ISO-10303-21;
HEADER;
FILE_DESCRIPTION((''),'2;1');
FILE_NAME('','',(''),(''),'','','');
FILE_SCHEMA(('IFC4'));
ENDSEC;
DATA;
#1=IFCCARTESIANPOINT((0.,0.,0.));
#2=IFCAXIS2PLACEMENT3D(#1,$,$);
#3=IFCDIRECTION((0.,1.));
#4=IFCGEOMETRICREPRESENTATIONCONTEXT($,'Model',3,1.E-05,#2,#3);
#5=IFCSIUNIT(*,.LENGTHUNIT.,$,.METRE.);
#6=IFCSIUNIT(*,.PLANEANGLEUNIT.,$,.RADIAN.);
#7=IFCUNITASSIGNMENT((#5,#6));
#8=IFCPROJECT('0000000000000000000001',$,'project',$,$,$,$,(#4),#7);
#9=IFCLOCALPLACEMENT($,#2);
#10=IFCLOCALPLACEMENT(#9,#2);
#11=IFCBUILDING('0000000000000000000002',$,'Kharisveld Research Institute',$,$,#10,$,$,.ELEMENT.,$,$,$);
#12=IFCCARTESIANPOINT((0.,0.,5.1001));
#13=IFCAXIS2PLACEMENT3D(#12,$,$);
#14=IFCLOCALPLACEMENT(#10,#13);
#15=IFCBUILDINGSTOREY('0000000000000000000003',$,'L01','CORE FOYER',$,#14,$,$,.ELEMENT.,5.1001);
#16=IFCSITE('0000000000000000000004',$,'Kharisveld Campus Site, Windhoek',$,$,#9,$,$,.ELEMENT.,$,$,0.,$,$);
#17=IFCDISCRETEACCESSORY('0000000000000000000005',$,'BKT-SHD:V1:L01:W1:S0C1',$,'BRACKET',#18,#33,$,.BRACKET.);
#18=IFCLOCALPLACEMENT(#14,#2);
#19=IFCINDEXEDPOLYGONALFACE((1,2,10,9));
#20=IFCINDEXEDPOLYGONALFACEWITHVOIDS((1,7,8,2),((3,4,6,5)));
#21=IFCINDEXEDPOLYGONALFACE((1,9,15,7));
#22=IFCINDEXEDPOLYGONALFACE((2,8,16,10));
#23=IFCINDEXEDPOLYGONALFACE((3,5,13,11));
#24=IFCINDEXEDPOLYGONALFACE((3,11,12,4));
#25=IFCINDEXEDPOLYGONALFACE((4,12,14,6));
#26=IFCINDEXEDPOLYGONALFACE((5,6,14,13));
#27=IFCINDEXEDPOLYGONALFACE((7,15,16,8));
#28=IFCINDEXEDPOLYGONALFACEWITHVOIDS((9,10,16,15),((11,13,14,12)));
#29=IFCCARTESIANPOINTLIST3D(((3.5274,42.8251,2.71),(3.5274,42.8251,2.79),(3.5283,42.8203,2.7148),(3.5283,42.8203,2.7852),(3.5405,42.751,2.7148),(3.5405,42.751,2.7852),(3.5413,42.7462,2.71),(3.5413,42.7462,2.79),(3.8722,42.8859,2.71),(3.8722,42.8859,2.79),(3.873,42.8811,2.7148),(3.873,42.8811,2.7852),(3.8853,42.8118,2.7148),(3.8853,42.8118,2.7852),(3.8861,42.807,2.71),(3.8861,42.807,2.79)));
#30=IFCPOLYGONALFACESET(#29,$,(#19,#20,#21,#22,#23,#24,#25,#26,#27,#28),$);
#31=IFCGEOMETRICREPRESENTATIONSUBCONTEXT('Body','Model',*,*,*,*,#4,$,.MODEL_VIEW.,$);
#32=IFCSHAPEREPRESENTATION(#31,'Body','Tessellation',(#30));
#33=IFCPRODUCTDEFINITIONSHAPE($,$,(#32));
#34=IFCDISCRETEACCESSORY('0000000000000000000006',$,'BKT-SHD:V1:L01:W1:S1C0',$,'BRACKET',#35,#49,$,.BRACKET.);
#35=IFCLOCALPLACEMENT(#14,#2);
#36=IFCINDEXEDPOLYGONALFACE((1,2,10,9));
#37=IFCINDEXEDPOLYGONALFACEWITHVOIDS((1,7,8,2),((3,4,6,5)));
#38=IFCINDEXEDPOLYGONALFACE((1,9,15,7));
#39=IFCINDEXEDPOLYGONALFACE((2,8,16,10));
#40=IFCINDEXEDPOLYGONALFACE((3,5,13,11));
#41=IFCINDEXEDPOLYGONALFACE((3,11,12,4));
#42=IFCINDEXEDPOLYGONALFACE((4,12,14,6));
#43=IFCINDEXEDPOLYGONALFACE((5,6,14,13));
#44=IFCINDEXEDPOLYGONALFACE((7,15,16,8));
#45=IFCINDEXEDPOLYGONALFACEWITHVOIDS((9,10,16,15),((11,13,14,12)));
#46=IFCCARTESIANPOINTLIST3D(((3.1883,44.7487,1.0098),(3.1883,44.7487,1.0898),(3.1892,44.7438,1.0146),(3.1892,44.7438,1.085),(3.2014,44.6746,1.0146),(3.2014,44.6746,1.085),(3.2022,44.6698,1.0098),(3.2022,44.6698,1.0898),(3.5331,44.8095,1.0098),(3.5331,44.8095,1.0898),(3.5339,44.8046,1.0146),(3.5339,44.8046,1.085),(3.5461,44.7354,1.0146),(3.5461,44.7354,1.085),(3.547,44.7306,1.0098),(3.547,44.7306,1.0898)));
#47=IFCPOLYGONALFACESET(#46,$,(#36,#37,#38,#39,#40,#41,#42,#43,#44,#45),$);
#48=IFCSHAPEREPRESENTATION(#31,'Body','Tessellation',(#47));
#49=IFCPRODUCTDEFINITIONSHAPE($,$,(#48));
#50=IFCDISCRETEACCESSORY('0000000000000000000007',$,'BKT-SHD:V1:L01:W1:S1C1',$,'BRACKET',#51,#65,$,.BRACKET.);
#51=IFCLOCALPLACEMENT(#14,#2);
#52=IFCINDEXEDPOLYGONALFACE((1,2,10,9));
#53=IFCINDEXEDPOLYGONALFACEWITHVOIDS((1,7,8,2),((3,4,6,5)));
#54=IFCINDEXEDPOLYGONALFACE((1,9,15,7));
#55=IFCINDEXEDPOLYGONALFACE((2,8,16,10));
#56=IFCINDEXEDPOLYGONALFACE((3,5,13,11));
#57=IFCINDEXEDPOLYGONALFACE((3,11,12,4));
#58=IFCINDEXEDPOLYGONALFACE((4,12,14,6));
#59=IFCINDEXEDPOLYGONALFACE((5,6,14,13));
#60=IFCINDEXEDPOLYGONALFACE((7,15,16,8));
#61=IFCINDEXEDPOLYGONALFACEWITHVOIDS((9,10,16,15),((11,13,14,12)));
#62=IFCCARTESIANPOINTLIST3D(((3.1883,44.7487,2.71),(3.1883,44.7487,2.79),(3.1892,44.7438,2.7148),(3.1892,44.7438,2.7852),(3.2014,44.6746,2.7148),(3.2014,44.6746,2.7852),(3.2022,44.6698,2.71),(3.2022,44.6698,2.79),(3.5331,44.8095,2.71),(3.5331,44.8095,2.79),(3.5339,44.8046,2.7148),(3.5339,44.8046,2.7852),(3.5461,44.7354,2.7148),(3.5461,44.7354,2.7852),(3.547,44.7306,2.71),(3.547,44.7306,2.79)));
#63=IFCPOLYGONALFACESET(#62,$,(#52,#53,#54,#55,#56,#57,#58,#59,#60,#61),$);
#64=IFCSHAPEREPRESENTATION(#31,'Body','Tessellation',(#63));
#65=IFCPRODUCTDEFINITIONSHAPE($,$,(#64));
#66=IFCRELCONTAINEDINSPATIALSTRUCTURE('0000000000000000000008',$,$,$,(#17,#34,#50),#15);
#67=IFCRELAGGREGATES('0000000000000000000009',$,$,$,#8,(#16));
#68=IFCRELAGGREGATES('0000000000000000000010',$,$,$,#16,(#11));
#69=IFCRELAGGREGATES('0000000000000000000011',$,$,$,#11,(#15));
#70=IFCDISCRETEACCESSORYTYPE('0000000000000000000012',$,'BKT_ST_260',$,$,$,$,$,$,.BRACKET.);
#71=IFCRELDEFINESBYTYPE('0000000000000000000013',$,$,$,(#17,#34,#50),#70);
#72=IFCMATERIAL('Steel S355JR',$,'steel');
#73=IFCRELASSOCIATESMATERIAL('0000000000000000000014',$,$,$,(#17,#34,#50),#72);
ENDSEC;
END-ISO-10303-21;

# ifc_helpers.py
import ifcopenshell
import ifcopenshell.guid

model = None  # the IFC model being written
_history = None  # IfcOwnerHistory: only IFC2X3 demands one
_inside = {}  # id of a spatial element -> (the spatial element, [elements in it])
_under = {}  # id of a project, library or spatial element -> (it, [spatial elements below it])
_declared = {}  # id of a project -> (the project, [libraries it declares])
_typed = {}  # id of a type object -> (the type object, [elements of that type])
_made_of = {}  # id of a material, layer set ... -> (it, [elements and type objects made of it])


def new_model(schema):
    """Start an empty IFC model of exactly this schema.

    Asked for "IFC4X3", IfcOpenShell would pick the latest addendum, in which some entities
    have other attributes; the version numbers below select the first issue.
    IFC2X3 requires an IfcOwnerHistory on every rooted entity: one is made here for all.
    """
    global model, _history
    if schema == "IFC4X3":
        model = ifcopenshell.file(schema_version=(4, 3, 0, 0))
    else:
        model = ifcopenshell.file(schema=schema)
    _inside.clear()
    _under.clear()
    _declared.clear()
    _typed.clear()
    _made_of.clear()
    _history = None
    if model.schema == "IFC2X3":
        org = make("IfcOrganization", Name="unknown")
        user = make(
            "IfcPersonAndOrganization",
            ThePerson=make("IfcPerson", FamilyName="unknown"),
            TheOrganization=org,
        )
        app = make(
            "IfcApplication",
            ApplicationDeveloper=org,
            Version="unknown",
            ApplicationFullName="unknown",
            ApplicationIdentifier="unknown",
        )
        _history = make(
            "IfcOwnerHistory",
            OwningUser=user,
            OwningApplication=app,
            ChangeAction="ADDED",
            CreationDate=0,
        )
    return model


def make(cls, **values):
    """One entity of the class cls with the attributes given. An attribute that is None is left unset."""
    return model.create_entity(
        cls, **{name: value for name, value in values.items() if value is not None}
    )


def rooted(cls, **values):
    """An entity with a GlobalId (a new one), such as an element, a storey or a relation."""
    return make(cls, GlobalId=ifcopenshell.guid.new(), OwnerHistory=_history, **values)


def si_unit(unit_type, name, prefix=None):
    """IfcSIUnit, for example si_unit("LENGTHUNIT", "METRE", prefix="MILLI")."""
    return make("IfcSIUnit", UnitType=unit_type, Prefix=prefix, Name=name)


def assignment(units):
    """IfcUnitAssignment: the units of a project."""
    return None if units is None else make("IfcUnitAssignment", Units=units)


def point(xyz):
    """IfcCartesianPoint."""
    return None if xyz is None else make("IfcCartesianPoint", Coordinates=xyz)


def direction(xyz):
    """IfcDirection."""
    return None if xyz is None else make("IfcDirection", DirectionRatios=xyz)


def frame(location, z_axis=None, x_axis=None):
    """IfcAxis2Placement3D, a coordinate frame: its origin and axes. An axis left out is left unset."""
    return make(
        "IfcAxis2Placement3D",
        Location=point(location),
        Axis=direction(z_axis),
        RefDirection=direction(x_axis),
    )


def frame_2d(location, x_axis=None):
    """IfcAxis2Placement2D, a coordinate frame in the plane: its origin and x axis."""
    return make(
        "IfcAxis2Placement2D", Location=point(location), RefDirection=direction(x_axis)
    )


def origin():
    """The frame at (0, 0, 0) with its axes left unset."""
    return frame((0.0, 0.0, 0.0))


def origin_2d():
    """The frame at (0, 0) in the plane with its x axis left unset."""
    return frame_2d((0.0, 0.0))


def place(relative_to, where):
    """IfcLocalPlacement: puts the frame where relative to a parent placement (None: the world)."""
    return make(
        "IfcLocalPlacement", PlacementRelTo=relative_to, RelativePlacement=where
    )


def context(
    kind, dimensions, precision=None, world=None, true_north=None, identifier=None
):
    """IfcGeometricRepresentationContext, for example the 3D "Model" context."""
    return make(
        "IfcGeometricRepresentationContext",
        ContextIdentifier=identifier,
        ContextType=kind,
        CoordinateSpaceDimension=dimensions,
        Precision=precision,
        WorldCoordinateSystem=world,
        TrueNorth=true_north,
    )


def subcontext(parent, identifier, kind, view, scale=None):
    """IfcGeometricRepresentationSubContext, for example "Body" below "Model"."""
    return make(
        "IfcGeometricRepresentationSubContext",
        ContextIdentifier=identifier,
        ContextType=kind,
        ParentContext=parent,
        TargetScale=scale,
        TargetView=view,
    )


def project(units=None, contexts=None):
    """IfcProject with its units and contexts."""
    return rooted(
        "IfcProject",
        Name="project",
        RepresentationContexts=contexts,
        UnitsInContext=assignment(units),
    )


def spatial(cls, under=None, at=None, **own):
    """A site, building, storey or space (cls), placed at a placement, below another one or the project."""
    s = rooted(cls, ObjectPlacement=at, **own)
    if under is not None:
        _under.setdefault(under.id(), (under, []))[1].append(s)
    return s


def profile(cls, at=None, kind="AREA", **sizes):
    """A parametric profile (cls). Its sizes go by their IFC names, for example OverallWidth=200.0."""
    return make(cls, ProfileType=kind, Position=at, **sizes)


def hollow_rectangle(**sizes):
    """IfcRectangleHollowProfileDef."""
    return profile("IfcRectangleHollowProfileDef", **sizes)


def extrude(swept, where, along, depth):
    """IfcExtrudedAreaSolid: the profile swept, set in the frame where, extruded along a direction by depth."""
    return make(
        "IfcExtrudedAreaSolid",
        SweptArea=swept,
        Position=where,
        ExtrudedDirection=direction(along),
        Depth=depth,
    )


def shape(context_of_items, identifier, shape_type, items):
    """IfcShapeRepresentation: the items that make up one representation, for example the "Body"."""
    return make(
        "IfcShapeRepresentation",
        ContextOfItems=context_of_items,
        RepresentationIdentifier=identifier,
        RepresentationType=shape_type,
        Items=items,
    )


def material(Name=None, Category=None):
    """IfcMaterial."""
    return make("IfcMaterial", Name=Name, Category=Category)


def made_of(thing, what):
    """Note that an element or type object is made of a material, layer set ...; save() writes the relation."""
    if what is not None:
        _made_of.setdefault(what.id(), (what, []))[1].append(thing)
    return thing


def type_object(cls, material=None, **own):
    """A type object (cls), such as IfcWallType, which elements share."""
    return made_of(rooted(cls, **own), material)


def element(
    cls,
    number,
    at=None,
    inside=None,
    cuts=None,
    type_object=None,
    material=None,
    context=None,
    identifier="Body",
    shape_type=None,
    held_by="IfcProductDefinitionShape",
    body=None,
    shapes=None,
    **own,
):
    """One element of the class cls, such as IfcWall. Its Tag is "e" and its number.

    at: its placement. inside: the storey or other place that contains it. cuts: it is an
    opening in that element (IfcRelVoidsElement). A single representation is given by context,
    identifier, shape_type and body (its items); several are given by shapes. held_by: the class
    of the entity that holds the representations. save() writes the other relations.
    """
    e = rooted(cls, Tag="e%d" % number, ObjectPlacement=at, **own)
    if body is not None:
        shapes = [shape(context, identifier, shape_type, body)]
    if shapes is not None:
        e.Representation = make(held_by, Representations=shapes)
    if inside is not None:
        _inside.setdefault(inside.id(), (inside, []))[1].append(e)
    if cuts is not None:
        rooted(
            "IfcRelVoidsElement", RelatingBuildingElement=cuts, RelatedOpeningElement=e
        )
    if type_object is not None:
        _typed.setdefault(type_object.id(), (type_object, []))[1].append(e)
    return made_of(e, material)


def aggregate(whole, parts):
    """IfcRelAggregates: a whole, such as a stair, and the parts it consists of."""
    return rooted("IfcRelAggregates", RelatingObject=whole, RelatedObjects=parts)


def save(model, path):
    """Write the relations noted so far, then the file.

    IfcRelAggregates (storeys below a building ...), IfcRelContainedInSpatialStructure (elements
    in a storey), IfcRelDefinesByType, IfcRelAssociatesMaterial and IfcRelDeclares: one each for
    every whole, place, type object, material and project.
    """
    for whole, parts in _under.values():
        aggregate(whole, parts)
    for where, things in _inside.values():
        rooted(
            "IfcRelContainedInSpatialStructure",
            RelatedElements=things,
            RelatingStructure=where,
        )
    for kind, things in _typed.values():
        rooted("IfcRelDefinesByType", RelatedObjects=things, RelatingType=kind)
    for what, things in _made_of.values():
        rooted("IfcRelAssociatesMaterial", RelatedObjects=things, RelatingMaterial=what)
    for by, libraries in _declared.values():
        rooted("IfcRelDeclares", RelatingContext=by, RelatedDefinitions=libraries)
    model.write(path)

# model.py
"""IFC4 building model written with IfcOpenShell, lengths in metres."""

from ifc_helpers import new_model, si_unit, direction, frame, origin, origin_2d, place, context, subcontext, project, spatial, hollow_rectangle, extrude, material, type_object, element, save


model = new_model("IFC4")

# Units and contexts
model_context = context("Model", 3, precision=1e-05, world=origin(), true_north=direction((0.0, 1.0)))
body_context = subcontext(model_context, "Body", "Model", "MODEL_VIEW")
ifc_project = project(units=[si_unit("LENGTHUNIT", "METRE"), si_unit("PLANEANGLEUNIT", "RADIAN")], contexts=[model_context])

# Site, building, storey
site_placement = place(None, origin())
site = spatial("IfcSite", under=ifc_project, at=site_placement, Name="Kharisveld Campus Site, Windhoek", CompositionType="ELEMENT", RefElevation=0.0)
building_placement = place(site_placement, origin())
building = spatial("IfcBuilding", under=site, at=building_placement, Name="Kharisveld Research Institute", CompositionType="ELEMENT")
storey_placement = place(building_placement, frame((0.0, 0.0, 5.1001)))
storey = spatial("IfcBuildingStorey", under=building, at=storey_placement, Name="L01", Description="CORE FOYER", CompositionType="ELEMENT", Elevation=5.1001)

# Discrete accessories
ifc_material_1 = material(Name="Steel S355JR", Category="steel")
discrete_accessory_type = type_object("IfcDiscreteAccessoryType", Name="BKT_ST_260", PredefinedType="BRACKET")
for number, where, z_axis, x_axis, name in (
    (1, (3.8792, 42.8464, 2.75), (-0.984805, -0.173666, 0.0), (0.173666, -0.984805, 0.0), "BKT-SHD:V1:L01:W1:S0C1"),
    (2, (3.54, 44.77, 1.0498), (-0.984805, -0.173666, 0.0), (0.173666, -0.984805, 0.0), "BKT-SHD:V1:L01:W1:S1C0"),
    (3, (3.54, 44.77, 2.75), (-0.984805, -0.173666, 0.0), (0.173666, -0.984805, 0.0), "BKT-SHD:V1:L01:W1:S1C1"),
):
    element("IfcDiscreteAccessory", number, at=place(storey_placement, frame(where, z_axis=z_axis, x_axis=x_axis)), inside=storey, type_object=discrete_accessory_type, material=ifc_material_1, Name=name, ObjectType="BRACKET", PredefinedType="BRACKET", context=body_context, shape_type="SweptSolid", body=[
        extrude(hollow_rectangle(XDim=0.0801, YDim=0.0801, WallThickness=0.0049, at=origin_2d()), origin(), (0.0, 0.0, 1.0), 0.3501),
    ])

save(model, "model.ifc")
